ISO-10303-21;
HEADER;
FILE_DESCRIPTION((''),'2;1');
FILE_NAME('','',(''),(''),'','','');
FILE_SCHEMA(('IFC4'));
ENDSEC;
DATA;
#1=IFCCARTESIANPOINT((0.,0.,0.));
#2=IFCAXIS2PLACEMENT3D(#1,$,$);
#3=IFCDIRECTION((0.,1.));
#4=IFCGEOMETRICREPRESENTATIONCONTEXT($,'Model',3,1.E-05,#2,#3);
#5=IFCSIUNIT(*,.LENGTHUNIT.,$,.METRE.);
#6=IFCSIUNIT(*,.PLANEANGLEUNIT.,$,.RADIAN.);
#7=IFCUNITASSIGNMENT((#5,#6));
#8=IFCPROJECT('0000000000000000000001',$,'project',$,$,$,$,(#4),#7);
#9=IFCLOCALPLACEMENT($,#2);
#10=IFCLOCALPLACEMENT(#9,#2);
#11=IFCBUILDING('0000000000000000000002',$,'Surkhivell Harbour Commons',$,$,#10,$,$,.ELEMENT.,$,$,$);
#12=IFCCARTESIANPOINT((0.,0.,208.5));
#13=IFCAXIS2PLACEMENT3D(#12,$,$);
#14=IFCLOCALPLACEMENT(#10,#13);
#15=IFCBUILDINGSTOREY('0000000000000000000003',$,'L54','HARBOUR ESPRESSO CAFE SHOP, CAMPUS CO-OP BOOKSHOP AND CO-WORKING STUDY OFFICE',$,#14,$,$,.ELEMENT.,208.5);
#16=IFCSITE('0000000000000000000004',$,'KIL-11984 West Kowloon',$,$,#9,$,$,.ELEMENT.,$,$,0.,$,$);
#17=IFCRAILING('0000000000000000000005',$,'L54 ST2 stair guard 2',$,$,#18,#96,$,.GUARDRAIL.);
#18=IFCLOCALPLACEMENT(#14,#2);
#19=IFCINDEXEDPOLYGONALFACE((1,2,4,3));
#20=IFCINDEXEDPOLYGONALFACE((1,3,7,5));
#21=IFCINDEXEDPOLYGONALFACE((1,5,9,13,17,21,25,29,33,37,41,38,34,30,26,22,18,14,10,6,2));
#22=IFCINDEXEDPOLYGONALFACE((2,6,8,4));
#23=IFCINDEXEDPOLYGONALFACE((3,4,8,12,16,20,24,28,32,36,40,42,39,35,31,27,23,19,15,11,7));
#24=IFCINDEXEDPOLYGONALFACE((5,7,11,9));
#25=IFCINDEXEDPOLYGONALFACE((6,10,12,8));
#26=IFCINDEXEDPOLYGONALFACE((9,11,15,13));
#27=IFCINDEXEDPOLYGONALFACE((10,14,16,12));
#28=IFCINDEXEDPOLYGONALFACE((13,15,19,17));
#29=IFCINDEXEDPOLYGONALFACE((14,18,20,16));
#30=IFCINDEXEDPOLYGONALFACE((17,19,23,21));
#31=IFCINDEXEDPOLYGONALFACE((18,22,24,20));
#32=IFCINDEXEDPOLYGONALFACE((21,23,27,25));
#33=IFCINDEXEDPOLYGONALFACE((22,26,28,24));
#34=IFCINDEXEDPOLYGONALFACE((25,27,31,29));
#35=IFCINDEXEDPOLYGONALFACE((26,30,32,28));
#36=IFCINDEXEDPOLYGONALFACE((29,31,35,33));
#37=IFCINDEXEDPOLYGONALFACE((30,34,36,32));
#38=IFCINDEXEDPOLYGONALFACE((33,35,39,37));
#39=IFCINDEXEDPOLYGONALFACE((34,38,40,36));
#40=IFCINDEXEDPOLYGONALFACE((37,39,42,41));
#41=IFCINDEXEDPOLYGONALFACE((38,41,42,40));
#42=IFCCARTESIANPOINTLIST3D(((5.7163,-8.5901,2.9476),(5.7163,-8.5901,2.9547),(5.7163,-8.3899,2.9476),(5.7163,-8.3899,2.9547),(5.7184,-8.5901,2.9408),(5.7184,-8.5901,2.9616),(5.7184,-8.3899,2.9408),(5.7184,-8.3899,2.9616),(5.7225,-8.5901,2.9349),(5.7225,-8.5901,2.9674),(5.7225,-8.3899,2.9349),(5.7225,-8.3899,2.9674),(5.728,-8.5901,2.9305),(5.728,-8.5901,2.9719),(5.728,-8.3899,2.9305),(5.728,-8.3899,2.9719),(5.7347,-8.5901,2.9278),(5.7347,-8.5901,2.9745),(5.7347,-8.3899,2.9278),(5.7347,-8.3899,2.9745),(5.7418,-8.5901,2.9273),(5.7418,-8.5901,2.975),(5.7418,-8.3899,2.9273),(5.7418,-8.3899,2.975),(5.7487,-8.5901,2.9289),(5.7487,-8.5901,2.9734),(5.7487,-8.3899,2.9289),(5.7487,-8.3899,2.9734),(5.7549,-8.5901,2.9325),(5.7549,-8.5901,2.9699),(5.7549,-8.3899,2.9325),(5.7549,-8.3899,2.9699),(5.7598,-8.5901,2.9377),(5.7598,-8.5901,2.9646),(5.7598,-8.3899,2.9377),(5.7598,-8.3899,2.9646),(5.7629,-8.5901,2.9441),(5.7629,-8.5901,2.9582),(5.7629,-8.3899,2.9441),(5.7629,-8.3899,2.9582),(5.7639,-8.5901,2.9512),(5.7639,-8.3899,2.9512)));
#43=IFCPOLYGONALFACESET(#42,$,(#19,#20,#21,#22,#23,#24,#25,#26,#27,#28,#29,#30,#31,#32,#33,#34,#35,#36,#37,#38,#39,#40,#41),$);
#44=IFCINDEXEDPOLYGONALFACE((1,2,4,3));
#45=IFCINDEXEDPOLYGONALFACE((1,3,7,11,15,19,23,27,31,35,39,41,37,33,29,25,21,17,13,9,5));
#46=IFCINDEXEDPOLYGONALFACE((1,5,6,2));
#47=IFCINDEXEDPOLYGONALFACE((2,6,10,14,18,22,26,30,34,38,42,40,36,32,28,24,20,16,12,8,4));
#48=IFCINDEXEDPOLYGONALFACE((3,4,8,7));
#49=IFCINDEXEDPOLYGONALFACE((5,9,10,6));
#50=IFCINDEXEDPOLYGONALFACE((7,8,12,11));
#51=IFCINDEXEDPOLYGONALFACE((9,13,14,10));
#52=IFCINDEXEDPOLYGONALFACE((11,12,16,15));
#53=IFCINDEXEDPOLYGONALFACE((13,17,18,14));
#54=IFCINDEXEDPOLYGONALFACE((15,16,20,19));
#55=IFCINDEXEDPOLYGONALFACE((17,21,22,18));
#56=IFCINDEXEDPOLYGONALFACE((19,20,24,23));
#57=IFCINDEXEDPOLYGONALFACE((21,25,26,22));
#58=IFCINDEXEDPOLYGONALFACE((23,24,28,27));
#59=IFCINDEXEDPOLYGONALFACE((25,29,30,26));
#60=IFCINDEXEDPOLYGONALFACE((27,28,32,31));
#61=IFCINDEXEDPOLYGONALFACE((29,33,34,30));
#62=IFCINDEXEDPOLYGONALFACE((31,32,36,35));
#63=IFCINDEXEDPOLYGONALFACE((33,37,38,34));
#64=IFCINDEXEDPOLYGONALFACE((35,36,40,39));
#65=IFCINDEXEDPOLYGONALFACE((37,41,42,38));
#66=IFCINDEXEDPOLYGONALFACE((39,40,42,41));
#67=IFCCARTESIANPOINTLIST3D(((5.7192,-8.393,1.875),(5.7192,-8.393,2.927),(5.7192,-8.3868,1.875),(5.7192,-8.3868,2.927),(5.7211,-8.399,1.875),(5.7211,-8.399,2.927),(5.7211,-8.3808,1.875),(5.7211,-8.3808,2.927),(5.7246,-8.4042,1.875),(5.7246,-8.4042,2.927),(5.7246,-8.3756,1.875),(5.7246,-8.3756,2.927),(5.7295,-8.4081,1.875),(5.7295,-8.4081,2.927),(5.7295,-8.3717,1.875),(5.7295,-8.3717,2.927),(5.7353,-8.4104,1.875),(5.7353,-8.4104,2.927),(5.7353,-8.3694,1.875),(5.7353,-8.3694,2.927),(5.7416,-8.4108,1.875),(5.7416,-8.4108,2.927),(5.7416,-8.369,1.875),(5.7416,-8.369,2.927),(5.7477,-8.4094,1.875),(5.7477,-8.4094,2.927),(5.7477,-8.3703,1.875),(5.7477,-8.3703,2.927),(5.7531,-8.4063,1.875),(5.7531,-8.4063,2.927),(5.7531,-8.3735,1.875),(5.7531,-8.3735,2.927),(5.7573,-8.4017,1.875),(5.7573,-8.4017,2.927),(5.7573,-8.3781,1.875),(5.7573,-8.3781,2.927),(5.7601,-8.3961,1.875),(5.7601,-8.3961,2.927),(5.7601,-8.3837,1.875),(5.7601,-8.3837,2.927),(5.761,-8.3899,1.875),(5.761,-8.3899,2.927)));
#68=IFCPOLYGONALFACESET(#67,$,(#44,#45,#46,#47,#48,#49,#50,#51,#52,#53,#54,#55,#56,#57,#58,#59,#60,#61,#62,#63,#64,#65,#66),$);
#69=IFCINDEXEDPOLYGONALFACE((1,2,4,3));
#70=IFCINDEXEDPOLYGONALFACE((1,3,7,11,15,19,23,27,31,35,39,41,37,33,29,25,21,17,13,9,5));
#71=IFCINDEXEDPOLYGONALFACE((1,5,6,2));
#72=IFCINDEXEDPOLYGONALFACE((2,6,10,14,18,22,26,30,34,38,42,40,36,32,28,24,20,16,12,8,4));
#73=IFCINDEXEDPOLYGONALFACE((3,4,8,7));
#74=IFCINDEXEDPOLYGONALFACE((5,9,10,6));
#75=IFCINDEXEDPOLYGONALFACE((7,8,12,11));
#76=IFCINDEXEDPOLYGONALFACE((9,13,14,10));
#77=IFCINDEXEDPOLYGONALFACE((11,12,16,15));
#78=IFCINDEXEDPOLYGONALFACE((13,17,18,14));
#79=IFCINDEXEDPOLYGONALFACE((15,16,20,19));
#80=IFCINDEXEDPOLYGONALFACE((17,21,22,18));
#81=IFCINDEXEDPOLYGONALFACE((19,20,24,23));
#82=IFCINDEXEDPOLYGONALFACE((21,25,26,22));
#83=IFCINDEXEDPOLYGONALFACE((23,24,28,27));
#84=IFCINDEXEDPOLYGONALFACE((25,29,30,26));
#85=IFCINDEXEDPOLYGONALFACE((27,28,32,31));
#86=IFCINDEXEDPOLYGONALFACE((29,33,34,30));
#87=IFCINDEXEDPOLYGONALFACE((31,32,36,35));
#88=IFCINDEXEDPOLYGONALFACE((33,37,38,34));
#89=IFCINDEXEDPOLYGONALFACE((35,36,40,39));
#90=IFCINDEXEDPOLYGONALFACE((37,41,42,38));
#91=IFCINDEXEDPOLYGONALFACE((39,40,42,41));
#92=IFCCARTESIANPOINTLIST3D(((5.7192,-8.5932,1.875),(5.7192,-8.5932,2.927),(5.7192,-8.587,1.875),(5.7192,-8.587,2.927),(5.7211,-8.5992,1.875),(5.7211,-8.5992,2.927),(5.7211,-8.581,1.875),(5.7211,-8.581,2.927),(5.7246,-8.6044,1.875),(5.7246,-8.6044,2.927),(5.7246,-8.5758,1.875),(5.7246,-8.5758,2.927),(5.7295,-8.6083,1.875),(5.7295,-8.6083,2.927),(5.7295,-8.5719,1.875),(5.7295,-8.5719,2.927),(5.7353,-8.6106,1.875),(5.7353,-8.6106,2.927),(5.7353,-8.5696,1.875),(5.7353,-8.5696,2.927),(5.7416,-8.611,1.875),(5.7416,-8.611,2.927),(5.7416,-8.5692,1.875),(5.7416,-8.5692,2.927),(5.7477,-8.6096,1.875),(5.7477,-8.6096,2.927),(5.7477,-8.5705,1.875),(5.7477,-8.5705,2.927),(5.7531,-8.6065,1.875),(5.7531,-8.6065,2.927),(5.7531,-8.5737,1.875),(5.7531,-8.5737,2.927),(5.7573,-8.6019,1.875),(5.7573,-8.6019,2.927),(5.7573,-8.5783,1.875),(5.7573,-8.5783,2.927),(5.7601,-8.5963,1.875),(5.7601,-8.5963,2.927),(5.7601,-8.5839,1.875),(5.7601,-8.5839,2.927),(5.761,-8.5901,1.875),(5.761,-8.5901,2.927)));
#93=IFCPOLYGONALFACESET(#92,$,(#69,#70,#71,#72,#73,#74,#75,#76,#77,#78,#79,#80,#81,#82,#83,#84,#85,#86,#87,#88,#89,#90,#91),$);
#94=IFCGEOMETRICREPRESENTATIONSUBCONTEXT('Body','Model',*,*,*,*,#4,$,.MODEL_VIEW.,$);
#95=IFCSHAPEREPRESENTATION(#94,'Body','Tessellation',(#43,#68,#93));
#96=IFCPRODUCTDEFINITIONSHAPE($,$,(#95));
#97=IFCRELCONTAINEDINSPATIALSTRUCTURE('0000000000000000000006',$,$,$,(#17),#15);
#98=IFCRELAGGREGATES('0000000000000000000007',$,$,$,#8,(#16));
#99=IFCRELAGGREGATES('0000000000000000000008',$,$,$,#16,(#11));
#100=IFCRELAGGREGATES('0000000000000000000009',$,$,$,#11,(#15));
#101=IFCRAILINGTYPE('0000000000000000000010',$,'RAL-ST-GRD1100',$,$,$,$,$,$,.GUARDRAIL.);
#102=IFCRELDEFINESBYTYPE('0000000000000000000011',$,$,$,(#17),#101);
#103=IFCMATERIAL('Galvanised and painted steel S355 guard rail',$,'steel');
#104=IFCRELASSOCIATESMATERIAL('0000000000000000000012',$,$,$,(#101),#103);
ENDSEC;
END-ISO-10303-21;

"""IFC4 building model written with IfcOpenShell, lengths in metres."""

from ifc_helpers import new_model, si_unit, direction, frame, origin, origin_2d, place, context, subcontext, project, spatial, circle, extrude, material, type_object, element, save


model = new_model("IFC4")

# Units and contexts
model_context = context("Model", 3, precision=1e-05, world=origin(), true_north=direction((0.0, 1.0)))
body_context = subcontext(model_context, "Body", "Model", "MODEL_VIEW")
ifc_project = project(units=[si_unit("LENGTHUNIT", "METRE"), si_unit("PLANEANGLEUNIT", "RADIAN")], contexts=[model_context])

# Site, building, storey
site_placement = place(None, origin())
site = spatial("IfcSite", under=ifc_project, at=site_placement, Name="KIL-11984 West Kowloon", CompositionType="ELEMENT", RefElevation=0.0)
building_placement = place(site_placement, origin())
building = spatial("IfcBuilding", under=site, at=building_placement, Name="Surkhivell Harbour Commons", CompositionType="ELEMENT")
storey_placement = place(building_placement, frame((0.0, 0.0, 208.5)))
storey = spatial("IfcBuildingStorey", under=building, at=storey_placement, Name="L54", Description="HARBOUR ESPRESSO CAFE SHOP, CAMPUS CO-OP BOOKSHOP AND CO-WORKING STUDY OFFICE", CompositionType="ELEMENT", Elevation=208.5)

# Railing
ifc_material_1 = material(Name="Galvanised and painted steel S355 guard rail", Category="steel")
railing_type = type_object("IfcRailingType", Name="RAL-ST-GRD1100", PredefinedType="GUARDRAIL", material=ifc_material_1)
railing_placement = place(storey_placement, frame((5.74, -8.3899, 1.875)))
element("IfcRailing", 1, at=railing_placement, inside=storey, type_object=railing_type, Name="L54 ST2 stair guard 2", PredefinedType="GUARDRAIL", context=body_context, shape_type="SweptSolid", body=[
    extrude(circle(Radius=0.0239, at=origin_2d()), frame((0.0, 0.0, 1.0762), z_axis=(0.0, -1.0, 0.0), x_axis=(1.0, 0.0, 0.0)), (0.0, 0.0, 1.0), 0.2002),
    extrude(circle(Radius=0.021, at=origin_2d()), origin(), (0.0, 0.0, 1.0), 1.052),
    extrude(circle(Radius=0.021, at=origin_2d()), frame((0.0, -0.2002, 0.0)), (0.0, 0.0, 1.0), 1.052),
])

save(model, "model.ifc")
